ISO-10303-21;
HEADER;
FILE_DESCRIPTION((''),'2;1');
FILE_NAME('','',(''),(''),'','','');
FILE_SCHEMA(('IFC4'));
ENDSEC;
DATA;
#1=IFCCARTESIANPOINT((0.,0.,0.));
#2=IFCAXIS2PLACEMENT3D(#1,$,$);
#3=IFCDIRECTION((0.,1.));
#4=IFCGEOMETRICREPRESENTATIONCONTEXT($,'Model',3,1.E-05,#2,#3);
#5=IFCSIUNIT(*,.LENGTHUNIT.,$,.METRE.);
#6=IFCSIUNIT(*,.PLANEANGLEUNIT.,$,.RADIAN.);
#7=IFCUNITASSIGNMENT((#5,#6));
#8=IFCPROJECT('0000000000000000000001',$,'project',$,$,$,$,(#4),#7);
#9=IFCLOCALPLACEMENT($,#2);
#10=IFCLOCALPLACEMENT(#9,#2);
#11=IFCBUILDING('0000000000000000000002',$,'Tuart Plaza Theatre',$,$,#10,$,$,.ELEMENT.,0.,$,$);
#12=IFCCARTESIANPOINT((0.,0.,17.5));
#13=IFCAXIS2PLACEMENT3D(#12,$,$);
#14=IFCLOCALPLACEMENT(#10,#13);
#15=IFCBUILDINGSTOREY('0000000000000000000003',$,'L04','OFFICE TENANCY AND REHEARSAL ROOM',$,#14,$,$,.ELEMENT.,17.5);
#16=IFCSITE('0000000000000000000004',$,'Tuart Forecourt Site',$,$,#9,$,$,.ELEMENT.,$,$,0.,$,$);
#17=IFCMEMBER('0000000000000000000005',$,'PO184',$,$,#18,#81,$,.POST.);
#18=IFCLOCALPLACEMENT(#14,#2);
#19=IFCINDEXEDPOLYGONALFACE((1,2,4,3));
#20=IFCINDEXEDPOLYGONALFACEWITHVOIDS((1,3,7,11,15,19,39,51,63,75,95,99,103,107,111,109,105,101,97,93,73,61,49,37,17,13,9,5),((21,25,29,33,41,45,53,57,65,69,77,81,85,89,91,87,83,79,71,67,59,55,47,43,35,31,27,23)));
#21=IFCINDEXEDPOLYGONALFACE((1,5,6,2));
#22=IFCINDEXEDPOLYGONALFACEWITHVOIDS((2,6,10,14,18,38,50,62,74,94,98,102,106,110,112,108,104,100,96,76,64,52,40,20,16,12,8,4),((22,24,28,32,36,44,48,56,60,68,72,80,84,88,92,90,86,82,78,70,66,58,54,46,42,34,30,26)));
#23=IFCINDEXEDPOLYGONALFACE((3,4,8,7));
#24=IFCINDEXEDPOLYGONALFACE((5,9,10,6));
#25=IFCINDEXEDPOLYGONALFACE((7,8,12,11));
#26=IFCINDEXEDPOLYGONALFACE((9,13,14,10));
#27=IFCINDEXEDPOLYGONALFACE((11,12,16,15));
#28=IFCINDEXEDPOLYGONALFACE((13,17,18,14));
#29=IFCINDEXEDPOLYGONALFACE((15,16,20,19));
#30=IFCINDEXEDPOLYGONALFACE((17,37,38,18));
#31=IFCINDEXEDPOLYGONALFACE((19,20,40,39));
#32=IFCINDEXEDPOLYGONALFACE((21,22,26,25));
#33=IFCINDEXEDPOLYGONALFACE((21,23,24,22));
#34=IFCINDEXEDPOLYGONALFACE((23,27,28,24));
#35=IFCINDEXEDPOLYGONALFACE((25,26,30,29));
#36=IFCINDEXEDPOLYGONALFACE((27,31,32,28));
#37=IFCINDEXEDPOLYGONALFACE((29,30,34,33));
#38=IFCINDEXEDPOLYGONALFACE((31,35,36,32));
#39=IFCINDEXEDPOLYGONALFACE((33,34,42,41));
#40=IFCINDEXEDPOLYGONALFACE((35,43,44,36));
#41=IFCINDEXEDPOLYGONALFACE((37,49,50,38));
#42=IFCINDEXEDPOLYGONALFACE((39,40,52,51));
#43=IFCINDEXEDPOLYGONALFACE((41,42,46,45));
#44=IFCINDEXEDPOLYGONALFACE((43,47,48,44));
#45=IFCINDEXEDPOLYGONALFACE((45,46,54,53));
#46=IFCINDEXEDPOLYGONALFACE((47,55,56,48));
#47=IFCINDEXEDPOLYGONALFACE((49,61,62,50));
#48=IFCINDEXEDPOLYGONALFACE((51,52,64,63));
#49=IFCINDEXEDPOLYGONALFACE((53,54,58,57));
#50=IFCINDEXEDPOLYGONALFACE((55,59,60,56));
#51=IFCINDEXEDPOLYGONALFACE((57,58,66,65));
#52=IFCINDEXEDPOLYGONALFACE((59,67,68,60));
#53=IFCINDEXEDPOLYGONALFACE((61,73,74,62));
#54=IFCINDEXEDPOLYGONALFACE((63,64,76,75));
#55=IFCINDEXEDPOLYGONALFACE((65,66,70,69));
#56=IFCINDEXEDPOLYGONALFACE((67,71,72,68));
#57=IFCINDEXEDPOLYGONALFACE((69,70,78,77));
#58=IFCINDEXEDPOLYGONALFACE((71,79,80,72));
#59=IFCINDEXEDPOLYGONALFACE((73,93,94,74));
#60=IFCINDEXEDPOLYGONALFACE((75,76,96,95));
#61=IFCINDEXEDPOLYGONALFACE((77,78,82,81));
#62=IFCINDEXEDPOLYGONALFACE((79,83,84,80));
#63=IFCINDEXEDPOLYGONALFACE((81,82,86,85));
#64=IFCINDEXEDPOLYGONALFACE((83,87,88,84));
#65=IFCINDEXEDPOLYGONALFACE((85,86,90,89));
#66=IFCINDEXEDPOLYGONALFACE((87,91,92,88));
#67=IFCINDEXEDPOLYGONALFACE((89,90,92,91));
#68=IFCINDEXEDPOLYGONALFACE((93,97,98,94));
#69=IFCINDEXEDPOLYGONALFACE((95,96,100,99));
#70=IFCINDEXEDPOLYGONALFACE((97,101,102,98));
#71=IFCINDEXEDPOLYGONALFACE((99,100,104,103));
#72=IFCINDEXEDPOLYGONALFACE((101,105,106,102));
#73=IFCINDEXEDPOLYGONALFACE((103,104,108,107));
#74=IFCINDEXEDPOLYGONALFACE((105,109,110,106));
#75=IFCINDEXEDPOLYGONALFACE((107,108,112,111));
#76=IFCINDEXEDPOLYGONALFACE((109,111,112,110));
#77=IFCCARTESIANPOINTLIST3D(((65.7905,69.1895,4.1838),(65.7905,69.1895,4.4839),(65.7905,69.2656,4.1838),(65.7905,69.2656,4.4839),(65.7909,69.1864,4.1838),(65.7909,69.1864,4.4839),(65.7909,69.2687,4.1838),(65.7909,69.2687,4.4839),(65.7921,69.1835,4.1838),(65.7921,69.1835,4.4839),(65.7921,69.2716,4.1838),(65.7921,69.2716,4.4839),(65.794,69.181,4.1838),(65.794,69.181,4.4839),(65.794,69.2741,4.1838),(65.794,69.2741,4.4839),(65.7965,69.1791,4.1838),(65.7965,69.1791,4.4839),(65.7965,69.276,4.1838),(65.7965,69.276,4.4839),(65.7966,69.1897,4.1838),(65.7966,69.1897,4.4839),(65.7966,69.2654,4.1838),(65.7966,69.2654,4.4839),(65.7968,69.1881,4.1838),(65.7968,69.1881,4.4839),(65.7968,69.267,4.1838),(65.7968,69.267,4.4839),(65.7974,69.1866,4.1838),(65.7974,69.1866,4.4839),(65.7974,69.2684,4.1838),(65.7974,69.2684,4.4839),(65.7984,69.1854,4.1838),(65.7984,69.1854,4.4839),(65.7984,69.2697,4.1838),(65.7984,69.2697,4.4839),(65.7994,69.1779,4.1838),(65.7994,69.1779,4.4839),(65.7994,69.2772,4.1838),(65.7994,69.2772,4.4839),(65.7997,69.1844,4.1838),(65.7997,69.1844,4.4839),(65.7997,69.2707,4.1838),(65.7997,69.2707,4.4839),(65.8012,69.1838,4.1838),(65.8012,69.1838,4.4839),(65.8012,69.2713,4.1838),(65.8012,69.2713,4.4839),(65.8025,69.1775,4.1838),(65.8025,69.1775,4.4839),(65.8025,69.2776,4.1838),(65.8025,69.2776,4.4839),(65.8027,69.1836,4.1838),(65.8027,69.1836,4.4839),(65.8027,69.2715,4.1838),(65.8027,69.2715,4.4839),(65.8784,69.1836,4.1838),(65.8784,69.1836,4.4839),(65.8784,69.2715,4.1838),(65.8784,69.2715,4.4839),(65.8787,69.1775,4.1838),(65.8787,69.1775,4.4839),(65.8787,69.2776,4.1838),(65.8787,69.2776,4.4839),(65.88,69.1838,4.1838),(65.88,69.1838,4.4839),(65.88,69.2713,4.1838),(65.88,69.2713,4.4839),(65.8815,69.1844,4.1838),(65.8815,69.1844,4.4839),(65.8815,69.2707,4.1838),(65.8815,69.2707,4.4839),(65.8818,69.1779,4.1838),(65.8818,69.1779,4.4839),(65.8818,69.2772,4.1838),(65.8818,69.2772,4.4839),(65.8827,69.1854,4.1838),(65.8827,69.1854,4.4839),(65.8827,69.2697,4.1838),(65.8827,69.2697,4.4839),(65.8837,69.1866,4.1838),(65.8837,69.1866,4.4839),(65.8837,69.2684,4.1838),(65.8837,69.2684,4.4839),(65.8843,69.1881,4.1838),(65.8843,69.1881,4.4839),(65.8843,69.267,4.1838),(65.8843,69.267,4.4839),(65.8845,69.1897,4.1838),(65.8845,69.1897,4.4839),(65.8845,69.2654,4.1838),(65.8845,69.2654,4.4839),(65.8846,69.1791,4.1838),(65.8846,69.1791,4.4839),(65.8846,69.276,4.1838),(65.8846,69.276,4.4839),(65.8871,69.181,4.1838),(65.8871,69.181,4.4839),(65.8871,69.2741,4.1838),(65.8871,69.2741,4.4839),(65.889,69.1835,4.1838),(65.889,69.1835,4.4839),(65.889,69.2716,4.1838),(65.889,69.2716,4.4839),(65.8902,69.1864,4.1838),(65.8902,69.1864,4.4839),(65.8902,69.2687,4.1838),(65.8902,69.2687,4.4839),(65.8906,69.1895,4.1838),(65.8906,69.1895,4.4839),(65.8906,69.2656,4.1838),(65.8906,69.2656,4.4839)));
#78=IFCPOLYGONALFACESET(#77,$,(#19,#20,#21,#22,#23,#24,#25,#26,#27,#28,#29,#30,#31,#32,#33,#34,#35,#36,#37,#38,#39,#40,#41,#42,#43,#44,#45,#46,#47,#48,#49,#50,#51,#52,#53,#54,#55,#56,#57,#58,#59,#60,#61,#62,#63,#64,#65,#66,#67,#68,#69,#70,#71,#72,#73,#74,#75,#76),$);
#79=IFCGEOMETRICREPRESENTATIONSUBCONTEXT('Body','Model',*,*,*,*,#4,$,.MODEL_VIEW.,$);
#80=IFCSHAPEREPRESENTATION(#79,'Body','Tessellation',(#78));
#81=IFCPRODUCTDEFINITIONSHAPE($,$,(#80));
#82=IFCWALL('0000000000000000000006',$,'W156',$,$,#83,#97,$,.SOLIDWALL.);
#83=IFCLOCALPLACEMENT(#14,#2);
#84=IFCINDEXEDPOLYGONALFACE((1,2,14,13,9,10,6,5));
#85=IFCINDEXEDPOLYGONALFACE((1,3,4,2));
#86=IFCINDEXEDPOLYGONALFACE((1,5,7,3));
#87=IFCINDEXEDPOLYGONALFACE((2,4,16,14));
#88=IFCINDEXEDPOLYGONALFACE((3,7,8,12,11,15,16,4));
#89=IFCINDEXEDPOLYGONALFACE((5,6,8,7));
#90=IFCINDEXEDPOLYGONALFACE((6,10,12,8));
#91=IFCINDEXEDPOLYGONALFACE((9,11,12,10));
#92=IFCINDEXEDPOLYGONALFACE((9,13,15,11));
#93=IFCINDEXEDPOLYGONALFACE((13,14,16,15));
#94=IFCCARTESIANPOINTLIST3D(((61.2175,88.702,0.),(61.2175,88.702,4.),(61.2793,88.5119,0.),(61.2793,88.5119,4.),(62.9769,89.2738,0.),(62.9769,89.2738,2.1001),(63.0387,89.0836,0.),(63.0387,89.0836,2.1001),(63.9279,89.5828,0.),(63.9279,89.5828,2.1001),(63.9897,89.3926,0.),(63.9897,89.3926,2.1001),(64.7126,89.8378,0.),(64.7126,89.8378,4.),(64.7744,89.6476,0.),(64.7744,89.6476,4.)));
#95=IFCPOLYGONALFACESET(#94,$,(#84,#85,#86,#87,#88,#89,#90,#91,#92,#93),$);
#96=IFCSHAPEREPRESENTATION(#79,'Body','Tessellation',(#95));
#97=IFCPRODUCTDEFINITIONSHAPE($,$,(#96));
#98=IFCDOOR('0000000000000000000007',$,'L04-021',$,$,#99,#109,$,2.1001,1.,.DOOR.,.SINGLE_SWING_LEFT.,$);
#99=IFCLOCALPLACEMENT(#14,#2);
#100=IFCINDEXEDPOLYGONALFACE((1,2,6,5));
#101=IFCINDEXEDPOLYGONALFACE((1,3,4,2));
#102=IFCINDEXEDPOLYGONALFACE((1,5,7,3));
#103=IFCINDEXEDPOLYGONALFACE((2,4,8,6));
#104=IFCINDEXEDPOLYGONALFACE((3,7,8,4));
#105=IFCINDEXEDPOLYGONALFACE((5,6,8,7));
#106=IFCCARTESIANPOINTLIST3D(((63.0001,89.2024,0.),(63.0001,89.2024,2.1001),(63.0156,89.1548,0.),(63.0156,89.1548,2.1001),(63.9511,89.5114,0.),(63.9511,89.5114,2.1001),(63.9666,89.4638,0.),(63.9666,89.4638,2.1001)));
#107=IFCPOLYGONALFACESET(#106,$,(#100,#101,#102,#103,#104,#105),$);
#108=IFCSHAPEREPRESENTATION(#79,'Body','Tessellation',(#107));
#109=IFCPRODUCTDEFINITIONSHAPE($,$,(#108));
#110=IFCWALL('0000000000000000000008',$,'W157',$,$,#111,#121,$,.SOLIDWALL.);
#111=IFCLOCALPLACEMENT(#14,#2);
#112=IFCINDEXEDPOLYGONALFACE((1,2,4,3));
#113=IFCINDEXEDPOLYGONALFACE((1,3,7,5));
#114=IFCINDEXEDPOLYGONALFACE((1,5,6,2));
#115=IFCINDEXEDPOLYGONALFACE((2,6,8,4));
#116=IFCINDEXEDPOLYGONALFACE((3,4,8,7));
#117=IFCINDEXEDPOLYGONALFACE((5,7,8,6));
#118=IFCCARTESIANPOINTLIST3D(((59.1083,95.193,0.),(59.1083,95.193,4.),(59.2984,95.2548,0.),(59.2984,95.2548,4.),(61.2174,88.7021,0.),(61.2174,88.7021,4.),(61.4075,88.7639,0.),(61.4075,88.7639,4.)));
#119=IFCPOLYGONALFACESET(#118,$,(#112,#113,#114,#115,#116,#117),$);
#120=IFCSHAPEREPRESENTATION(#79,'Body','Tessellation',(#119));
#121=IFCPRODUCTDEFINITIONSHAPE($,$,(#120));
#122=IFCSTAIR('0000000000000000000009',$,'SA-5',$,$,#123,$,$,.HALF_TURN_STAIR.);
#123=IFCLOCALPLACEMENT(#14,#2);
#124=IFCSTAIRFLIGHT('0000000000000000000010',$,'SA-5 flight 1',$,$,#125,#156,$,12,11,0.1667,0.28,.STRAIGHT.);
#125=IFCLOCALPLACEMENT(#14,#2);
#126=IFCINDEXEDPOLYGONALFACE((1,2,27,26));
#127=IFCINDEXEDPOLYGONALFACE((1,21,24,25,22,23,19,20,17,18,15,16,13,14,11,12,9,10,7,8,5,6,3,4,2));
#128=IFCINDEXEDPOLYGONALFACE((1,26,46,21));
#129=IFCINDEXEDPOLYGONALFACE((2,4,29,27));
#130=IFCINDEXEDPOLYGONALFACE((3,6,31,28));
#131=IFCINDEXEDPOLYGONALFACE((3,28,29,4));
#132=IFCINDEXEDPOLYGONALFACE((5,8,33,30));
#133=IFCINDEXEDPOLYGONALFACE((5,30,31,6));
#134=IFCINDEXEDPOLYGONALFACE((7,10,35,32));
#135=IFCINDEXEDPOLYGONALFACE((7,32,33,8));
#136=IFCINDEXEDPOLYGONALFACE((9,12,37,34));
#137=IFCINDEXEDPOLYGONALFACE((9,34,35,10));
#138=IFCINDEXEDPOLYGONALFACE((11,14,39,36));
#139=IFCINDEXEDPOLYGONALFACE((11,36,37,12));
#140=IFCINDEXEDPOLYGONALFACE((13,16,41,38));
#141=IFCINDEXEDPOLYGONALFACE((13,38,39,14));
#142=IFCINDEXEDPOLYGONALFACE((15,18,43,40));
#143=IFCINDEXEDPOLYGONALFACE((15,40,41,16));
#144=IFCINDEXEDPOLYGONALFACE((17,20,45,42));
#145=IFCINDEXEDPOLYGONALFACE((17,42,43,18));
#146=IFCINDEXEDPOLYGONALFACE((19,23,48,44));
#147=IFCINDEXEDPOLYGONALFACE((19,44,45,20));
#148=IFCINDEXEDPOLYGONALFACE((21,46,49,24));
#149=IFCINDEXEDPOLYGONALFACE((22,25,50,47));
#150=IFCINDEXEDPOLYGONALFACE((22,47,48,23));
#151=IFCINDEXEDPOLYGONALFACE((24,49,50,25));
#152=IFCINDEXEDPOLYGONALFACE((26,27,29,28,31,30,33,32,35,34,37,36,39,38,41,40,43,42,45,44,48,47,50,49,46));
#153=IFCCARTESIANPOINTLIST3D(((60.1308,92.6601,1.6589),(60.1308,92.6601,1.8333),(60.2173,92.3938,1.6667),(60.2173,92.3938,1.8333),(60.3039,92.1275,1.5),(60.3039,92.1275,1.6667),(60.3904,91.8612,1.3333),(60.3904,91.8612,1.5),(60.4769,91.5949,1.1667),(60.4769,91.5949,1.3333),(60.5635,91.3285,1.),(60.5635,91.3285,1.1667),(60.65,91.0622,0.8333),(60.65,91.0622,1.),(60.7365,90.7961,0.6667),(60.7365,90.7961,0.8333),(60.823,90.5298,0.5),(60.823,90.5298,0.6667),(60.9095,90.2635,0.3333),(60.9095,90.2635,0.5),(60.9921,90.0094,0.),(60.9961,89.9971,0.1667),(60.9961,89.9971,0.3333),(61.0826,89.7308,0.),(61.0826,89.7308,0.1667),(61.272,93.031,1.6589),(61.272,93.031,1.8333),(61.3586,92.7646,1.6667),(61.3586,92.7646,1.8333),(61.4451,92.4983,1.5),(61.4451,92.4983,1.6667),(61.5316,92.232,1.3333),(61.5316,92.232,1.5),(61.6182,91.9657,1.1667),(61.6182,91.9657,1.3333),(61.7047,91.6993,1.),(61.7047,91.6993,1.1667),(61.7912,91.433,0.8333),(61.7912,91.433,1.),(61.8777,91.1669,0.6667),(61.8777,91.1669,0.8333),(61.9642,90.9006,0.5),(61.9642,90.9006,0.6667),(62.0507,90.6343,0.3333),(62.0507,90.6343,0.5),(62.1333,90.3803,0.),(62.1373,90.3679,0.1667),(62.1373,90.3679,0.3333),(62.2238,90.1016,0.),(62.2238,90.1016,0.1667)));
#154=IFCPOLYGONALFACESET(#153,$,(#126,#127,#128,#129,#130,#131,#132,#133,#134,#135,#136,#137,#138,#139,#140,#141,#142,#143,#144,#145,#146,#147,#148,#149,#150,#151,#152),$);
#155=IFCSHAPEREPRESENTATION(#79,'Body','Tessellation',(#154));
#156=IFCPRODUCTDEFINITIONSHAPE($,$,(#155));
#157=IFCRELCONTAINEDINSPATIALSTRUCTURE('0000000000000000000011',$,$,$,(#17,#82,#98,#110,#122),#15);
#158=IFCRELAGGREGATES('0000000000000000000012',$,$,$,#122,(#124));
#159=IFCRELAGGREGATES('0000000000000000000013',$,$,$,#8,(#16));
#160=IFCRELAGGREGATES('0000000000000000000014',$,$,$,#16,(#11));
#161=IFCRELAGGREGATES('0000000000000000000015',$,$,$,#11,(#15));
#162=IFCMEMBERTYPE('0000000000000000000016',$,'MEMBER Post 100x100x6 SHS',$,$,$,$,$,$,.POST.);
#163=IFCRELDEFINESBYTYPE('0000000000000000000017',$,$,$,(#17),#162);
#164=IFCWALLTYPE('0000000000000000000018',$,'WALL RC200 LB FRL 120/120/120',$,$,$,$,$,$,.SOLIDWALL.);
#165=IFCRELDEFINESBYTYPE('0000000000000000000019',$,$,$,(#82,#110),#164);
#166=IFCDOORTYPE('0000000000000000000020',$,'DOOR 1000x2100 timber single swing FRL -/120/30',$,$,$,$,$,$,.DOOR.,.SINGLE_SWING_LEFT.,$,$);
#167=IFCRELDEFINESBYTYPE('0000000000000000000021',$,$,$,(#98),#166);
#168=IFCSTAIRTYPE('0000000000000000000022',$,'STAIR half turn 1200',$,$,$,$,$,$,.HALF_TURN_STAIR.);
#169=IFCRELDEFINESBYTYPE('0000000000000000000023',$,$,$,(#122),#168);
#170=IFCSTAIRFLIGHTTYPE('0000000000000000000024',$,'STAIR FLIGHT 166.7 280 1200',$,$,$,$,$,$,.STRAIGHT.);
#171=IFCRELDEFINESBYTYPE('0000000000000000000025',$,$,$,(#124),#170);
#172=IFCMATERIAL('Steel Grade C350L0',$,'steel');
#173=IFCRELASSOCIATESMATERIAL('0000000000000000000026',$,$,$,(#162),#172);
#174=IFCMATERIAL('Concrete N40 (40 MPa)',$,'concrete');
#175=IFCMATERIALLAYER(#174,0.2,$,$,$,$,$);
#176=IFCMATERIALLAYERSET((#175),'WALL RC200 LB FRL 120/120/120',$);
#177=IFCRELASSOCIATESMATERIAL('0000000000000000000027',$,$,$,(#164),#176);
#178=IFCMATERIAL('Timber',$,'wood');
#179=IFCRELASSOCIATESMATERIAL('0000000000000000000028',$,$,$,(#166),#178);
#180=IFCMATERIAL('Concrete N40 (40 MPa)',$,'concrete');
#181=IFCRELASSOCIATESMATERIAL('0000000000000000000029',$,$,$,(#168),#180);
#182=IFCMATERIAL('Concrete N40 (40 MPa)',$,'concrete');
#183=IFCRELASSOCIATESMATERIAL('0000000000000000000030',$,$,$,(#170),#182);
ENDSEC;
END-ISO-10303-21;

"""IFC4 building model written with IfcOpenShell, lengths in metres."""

from ifc_helpers import new_model, si_unit, direction, frame, frame_2d, origin, origin_2d, place, context, subcontext, project, spatial, polyline, rectangle, hollow_rectangle, outline, extrude, material, layer, layer_set, material_profile, profile_set, type_object, element, fill, aggregate, save


model = new_model("IFC4")

# Units and contexts
model_context = context("Model", 3, precision=1e-05, world=origin(), true_north=direction((0.0, 1.0)))
body_context = subcontext(model_context, "Body", "Model", "MODEL_VIEW")
ifc_project = project(units=[si_unit("LENGTHUNIT", "METRE"), si_unit("PLANEANGLEUNIT", "RADIAN")], contexts=[model_context])

# Site, building, storey
site_placement = place(None, origin())
site = spatial("IfcSite", under=ifc_project, at=site_placement, Name="Tuart Forecourt Site", CompositionType="ELEMENT", RefElevation=0.0)
building_placement = place(site_placement, origin())
building = spatial("IfcBuilding", under=site, at=building_placement, Name="Tuart Plaza Theatre", CompositionType="ELEMENT", ElevationOfRefHeight=0.0)
storey_placement = place(building_placement, frame((0.0, 0.0, 17.5)))
storey = spatial("IfcBuildingStorey", under=building, at=storey_placement, Name="L04", Description="OFFICE TENANCY AND REHEARSAL ROOM", CompositionType="ELEMENT", Elevation=17.5)

# Member
ifc_material_1 = material(Name="Steel Grade C350L0", Category="steel")
ifc_material_profile_1 = material_profile(ifc_material_1, hollow_rectangle(XDim=0.1001, YDim=0.1001, WallThickness=0.0061, InnerFilletRadius=0.0061, OuterFilletRadius=0.012, at=origin_2d()), Name="100x100x6 SHS")
ifc_profile_set_1 = profile_set([ifc_material_profile_1], Name="Steel Grade C350L0")
member_type_1 = type_object("IfcMemberType", Name="MEMBER Post 100x100x6 SHS", PredefinedType="POST", material=ifc_profile_set_1)
for number, where, z_axis, x_axis, name in (
    (1, (65.8406, 69.2275, 4.1838), (0.0, 0.0, 1.0), (1.0, 0.0, 0.0), "PO184"),
):
    element("IfcMember", number, at=place(storey_placement, frame(where, z_axis=z_axis, x_axis=x_axis)), inside=storey, type_object=member_type_1, Name=name, PredefinedType="POST", context=body_context, shape_type="SweptSolid", body=[
        extrude(hollow_rectangle(XDim=0.1001, YDim=0.1001, WallThickness=0.0061, InnerFilletRadius=0.0061, OuterFilletRadius=0.012, at=origin_2d()), origin(), (0.0, 0.0, 1.0), 0.3),
    ])

# Wall, opening, door
ifc_material_2 = material(Name="Concrete N40 (40 MPa)", Category="concrete")
ifc_layer = layer(ifc_material_2, 0.2)
ifc_layer_set = layer_set([ifc_layer], Name="WALL RC200 LB FRL 120/120/120")
wall_type = type_object("IfcWallType", Name="WALL RC200 LB FRL 120/120/120", PredefinedType="SOLIDWALL", material=ifc_layer_set)
wall_1_placement = place(storey_placement, frame((64.7434, 89.7427, 0.0), z_axis=(0.0, 0.0, 1.0), x_axis=(-0.951048, -0.309044, 0.0)))
wall_1 = element("IfcWall", 2, at=wall_1_placement, inside=storey, type_object=wall_type, Name="W156", PredefinedType="SOLIDWALL", context=body_context, shape_type="SweptSolid", body=[
    extrude(rectangle(XDim=3.675, YDim=0.2, at=frame_2d((1.8374, 0.0))), origin(), (0.0, 0.0, 1.0), 4.0),
])
opening_placement = place(wall_1_placement, frame((0.825, 0.0, 0.0)))
opening = element("IfcOpeningElement", 3, at=opening_placement, cuts=wall_1, PredefinedType="OPENING", context=body_context, shape_type="SweptSolid", body=[
    extrude(rectangle(XDim=1.0, YDim=2.1001, at=frame_2d((0.5, 1.05))), frame((0.0, 0.1099, 0.0), z_axis=(0.0, -1.0, 0.0), x_axis=(1.0, 0.0, 0.0)), (0.0, 0.0, 1.0), 0.22),
])
ifc_material_3 = material(Name="Timber", Category="wood")
door_type = type_object("IfcDoorType", Name="DOOR 1000x2100 timber single swing FRL -/120/30", OperationType="SINGLE_SWING_LEFT", PredefinedType="DOOR", material=ifc_material_3)
door_placement = place(opening_placement, frame((1.0, 0.0, 0.0), z_axis=(0.0, 0.0, 1.0), x_axis=(-1.0, 0.0, 0.0)))
door = element("IfcDoor", 4, at=door_placement, inside=storey, type_object=door_type, Name="L04-021", OperationType="SINGLE_SWING_LEFT", OverallHeight=2.1001, OverallWidth=1.0, PredefinedType="DOOR", context=body_context, shape_type="SweptSolid", body=[
    extrude(rectangle(XDim=1.0, YDim=2.1001, at=frame_2d((0.5, 1.05))), frame((0.0, 0.0249, 0.0), z_axis=(0.0, -1.0, 0.0), x_axis=(1.0, 0.0, 0.0)), (0.0, 0.0, 1.0), 0.05),
])
fill(opening, door)

# Wall
wall_2_placement = place(storey_placement, frame((61.3125, 88.7329, 0.0), z_axis=(0.0, 0.0, 1.0), x_axis=(-0.309029, 0.951053, 0.0)))
element("IfcWall", 5, at=wall_2_placement, inside=storey, type_object=wall_type, Name="W157", PredefinedType="SOLIDWALL", context=body_context, shape_type="SweptSolid", body=[
    extrude(rectangle(XDim=6.825, YDim=0.2, at=frame_2d((3.4126, 0.0))), origin(), (0.0, 0.0, 1.0), 4.0),
])

# Stair, stair flight
ifc_material_4 = material(Name="Concrete N40 (40 MPa)", Category="concrete")
stair_type = type_object("IfcStairType", Name="STAIR half turn 1200", PredefinedType="HALF_TURN_STAIR", material=ifc_material_4)
stair_placement = place(storey_placement, origin())
stair = element("IfcStair", 6, at=stair_placement, inside=storey, type_object=stair_type, Name="SA-5", PredefinedType="HALF_TURN_STAIR")
ifc_material_5 = material(Name="Concrete N40 (40 MPa)", Category="concrete")
stair_flight_type = type_object("IfcStairFlightType", Name="STAIR FLIGHT 166.7 280 1200", PredefinedType="STRAIGHT", material=ifc_material_5)
stair_flight_1_placement = place(storey_placement, frame((61.6533, 89.9163, 0.0), z_axis=(0.0, 0.0, 1.0), x_axis=(-0.309017, 0.951057, 0.0)))
stair_flight_1 = element("IfcStairFlight", 7, at=stair_flight_1_placement, type_object=stair_flight_type, Name="SA-5 flight 1", NumberOfRisers=12, NumberOfTreads=11, PredefinedType="STRAIGHT", RiserHeight=0.1667, TreadLength=0.28, context=body_context, shape_type="SweptSolid", body=[
    extrude(outline(polyline([(0.0, 0.0), (0.0, 0.1667), (0.28, 0.1667), (0.28, 0.3333), (0.5601, 0.3333), (0.5601, 0.5), (0.8401, 0.5), (0.8401, 0.6667), (1.1201, 0.6667), (1.1201, 0.8333), (1.3999, 0.8333), (1.3999, 1.0), (1.6799, 1.0), (1.6799, 1.1667), (1.96, 1.1667), (1.96, 1.3333), (2.24, 1.3333), (2.24, 1.5), (2.52, 1.5), (2.52, 1.6667), (2.8, 1.6667), (2.8, 1.8333), (3.0801, 1.8333), (3.0801, 2.0), (3.0801, 1.6589), (0.293, 0.0), (0.0, 0.0)])), frame((0.0, 0.6001, 0.0), z_axis=(0.0, -1.0, 0.0), x_axis=(1.0, 0.0, 0.0)), (0.0, 0.0, 1.0), 1.2),
])
aggregate(stair, [stair_flight_1])

save(model, "model.ifc")
